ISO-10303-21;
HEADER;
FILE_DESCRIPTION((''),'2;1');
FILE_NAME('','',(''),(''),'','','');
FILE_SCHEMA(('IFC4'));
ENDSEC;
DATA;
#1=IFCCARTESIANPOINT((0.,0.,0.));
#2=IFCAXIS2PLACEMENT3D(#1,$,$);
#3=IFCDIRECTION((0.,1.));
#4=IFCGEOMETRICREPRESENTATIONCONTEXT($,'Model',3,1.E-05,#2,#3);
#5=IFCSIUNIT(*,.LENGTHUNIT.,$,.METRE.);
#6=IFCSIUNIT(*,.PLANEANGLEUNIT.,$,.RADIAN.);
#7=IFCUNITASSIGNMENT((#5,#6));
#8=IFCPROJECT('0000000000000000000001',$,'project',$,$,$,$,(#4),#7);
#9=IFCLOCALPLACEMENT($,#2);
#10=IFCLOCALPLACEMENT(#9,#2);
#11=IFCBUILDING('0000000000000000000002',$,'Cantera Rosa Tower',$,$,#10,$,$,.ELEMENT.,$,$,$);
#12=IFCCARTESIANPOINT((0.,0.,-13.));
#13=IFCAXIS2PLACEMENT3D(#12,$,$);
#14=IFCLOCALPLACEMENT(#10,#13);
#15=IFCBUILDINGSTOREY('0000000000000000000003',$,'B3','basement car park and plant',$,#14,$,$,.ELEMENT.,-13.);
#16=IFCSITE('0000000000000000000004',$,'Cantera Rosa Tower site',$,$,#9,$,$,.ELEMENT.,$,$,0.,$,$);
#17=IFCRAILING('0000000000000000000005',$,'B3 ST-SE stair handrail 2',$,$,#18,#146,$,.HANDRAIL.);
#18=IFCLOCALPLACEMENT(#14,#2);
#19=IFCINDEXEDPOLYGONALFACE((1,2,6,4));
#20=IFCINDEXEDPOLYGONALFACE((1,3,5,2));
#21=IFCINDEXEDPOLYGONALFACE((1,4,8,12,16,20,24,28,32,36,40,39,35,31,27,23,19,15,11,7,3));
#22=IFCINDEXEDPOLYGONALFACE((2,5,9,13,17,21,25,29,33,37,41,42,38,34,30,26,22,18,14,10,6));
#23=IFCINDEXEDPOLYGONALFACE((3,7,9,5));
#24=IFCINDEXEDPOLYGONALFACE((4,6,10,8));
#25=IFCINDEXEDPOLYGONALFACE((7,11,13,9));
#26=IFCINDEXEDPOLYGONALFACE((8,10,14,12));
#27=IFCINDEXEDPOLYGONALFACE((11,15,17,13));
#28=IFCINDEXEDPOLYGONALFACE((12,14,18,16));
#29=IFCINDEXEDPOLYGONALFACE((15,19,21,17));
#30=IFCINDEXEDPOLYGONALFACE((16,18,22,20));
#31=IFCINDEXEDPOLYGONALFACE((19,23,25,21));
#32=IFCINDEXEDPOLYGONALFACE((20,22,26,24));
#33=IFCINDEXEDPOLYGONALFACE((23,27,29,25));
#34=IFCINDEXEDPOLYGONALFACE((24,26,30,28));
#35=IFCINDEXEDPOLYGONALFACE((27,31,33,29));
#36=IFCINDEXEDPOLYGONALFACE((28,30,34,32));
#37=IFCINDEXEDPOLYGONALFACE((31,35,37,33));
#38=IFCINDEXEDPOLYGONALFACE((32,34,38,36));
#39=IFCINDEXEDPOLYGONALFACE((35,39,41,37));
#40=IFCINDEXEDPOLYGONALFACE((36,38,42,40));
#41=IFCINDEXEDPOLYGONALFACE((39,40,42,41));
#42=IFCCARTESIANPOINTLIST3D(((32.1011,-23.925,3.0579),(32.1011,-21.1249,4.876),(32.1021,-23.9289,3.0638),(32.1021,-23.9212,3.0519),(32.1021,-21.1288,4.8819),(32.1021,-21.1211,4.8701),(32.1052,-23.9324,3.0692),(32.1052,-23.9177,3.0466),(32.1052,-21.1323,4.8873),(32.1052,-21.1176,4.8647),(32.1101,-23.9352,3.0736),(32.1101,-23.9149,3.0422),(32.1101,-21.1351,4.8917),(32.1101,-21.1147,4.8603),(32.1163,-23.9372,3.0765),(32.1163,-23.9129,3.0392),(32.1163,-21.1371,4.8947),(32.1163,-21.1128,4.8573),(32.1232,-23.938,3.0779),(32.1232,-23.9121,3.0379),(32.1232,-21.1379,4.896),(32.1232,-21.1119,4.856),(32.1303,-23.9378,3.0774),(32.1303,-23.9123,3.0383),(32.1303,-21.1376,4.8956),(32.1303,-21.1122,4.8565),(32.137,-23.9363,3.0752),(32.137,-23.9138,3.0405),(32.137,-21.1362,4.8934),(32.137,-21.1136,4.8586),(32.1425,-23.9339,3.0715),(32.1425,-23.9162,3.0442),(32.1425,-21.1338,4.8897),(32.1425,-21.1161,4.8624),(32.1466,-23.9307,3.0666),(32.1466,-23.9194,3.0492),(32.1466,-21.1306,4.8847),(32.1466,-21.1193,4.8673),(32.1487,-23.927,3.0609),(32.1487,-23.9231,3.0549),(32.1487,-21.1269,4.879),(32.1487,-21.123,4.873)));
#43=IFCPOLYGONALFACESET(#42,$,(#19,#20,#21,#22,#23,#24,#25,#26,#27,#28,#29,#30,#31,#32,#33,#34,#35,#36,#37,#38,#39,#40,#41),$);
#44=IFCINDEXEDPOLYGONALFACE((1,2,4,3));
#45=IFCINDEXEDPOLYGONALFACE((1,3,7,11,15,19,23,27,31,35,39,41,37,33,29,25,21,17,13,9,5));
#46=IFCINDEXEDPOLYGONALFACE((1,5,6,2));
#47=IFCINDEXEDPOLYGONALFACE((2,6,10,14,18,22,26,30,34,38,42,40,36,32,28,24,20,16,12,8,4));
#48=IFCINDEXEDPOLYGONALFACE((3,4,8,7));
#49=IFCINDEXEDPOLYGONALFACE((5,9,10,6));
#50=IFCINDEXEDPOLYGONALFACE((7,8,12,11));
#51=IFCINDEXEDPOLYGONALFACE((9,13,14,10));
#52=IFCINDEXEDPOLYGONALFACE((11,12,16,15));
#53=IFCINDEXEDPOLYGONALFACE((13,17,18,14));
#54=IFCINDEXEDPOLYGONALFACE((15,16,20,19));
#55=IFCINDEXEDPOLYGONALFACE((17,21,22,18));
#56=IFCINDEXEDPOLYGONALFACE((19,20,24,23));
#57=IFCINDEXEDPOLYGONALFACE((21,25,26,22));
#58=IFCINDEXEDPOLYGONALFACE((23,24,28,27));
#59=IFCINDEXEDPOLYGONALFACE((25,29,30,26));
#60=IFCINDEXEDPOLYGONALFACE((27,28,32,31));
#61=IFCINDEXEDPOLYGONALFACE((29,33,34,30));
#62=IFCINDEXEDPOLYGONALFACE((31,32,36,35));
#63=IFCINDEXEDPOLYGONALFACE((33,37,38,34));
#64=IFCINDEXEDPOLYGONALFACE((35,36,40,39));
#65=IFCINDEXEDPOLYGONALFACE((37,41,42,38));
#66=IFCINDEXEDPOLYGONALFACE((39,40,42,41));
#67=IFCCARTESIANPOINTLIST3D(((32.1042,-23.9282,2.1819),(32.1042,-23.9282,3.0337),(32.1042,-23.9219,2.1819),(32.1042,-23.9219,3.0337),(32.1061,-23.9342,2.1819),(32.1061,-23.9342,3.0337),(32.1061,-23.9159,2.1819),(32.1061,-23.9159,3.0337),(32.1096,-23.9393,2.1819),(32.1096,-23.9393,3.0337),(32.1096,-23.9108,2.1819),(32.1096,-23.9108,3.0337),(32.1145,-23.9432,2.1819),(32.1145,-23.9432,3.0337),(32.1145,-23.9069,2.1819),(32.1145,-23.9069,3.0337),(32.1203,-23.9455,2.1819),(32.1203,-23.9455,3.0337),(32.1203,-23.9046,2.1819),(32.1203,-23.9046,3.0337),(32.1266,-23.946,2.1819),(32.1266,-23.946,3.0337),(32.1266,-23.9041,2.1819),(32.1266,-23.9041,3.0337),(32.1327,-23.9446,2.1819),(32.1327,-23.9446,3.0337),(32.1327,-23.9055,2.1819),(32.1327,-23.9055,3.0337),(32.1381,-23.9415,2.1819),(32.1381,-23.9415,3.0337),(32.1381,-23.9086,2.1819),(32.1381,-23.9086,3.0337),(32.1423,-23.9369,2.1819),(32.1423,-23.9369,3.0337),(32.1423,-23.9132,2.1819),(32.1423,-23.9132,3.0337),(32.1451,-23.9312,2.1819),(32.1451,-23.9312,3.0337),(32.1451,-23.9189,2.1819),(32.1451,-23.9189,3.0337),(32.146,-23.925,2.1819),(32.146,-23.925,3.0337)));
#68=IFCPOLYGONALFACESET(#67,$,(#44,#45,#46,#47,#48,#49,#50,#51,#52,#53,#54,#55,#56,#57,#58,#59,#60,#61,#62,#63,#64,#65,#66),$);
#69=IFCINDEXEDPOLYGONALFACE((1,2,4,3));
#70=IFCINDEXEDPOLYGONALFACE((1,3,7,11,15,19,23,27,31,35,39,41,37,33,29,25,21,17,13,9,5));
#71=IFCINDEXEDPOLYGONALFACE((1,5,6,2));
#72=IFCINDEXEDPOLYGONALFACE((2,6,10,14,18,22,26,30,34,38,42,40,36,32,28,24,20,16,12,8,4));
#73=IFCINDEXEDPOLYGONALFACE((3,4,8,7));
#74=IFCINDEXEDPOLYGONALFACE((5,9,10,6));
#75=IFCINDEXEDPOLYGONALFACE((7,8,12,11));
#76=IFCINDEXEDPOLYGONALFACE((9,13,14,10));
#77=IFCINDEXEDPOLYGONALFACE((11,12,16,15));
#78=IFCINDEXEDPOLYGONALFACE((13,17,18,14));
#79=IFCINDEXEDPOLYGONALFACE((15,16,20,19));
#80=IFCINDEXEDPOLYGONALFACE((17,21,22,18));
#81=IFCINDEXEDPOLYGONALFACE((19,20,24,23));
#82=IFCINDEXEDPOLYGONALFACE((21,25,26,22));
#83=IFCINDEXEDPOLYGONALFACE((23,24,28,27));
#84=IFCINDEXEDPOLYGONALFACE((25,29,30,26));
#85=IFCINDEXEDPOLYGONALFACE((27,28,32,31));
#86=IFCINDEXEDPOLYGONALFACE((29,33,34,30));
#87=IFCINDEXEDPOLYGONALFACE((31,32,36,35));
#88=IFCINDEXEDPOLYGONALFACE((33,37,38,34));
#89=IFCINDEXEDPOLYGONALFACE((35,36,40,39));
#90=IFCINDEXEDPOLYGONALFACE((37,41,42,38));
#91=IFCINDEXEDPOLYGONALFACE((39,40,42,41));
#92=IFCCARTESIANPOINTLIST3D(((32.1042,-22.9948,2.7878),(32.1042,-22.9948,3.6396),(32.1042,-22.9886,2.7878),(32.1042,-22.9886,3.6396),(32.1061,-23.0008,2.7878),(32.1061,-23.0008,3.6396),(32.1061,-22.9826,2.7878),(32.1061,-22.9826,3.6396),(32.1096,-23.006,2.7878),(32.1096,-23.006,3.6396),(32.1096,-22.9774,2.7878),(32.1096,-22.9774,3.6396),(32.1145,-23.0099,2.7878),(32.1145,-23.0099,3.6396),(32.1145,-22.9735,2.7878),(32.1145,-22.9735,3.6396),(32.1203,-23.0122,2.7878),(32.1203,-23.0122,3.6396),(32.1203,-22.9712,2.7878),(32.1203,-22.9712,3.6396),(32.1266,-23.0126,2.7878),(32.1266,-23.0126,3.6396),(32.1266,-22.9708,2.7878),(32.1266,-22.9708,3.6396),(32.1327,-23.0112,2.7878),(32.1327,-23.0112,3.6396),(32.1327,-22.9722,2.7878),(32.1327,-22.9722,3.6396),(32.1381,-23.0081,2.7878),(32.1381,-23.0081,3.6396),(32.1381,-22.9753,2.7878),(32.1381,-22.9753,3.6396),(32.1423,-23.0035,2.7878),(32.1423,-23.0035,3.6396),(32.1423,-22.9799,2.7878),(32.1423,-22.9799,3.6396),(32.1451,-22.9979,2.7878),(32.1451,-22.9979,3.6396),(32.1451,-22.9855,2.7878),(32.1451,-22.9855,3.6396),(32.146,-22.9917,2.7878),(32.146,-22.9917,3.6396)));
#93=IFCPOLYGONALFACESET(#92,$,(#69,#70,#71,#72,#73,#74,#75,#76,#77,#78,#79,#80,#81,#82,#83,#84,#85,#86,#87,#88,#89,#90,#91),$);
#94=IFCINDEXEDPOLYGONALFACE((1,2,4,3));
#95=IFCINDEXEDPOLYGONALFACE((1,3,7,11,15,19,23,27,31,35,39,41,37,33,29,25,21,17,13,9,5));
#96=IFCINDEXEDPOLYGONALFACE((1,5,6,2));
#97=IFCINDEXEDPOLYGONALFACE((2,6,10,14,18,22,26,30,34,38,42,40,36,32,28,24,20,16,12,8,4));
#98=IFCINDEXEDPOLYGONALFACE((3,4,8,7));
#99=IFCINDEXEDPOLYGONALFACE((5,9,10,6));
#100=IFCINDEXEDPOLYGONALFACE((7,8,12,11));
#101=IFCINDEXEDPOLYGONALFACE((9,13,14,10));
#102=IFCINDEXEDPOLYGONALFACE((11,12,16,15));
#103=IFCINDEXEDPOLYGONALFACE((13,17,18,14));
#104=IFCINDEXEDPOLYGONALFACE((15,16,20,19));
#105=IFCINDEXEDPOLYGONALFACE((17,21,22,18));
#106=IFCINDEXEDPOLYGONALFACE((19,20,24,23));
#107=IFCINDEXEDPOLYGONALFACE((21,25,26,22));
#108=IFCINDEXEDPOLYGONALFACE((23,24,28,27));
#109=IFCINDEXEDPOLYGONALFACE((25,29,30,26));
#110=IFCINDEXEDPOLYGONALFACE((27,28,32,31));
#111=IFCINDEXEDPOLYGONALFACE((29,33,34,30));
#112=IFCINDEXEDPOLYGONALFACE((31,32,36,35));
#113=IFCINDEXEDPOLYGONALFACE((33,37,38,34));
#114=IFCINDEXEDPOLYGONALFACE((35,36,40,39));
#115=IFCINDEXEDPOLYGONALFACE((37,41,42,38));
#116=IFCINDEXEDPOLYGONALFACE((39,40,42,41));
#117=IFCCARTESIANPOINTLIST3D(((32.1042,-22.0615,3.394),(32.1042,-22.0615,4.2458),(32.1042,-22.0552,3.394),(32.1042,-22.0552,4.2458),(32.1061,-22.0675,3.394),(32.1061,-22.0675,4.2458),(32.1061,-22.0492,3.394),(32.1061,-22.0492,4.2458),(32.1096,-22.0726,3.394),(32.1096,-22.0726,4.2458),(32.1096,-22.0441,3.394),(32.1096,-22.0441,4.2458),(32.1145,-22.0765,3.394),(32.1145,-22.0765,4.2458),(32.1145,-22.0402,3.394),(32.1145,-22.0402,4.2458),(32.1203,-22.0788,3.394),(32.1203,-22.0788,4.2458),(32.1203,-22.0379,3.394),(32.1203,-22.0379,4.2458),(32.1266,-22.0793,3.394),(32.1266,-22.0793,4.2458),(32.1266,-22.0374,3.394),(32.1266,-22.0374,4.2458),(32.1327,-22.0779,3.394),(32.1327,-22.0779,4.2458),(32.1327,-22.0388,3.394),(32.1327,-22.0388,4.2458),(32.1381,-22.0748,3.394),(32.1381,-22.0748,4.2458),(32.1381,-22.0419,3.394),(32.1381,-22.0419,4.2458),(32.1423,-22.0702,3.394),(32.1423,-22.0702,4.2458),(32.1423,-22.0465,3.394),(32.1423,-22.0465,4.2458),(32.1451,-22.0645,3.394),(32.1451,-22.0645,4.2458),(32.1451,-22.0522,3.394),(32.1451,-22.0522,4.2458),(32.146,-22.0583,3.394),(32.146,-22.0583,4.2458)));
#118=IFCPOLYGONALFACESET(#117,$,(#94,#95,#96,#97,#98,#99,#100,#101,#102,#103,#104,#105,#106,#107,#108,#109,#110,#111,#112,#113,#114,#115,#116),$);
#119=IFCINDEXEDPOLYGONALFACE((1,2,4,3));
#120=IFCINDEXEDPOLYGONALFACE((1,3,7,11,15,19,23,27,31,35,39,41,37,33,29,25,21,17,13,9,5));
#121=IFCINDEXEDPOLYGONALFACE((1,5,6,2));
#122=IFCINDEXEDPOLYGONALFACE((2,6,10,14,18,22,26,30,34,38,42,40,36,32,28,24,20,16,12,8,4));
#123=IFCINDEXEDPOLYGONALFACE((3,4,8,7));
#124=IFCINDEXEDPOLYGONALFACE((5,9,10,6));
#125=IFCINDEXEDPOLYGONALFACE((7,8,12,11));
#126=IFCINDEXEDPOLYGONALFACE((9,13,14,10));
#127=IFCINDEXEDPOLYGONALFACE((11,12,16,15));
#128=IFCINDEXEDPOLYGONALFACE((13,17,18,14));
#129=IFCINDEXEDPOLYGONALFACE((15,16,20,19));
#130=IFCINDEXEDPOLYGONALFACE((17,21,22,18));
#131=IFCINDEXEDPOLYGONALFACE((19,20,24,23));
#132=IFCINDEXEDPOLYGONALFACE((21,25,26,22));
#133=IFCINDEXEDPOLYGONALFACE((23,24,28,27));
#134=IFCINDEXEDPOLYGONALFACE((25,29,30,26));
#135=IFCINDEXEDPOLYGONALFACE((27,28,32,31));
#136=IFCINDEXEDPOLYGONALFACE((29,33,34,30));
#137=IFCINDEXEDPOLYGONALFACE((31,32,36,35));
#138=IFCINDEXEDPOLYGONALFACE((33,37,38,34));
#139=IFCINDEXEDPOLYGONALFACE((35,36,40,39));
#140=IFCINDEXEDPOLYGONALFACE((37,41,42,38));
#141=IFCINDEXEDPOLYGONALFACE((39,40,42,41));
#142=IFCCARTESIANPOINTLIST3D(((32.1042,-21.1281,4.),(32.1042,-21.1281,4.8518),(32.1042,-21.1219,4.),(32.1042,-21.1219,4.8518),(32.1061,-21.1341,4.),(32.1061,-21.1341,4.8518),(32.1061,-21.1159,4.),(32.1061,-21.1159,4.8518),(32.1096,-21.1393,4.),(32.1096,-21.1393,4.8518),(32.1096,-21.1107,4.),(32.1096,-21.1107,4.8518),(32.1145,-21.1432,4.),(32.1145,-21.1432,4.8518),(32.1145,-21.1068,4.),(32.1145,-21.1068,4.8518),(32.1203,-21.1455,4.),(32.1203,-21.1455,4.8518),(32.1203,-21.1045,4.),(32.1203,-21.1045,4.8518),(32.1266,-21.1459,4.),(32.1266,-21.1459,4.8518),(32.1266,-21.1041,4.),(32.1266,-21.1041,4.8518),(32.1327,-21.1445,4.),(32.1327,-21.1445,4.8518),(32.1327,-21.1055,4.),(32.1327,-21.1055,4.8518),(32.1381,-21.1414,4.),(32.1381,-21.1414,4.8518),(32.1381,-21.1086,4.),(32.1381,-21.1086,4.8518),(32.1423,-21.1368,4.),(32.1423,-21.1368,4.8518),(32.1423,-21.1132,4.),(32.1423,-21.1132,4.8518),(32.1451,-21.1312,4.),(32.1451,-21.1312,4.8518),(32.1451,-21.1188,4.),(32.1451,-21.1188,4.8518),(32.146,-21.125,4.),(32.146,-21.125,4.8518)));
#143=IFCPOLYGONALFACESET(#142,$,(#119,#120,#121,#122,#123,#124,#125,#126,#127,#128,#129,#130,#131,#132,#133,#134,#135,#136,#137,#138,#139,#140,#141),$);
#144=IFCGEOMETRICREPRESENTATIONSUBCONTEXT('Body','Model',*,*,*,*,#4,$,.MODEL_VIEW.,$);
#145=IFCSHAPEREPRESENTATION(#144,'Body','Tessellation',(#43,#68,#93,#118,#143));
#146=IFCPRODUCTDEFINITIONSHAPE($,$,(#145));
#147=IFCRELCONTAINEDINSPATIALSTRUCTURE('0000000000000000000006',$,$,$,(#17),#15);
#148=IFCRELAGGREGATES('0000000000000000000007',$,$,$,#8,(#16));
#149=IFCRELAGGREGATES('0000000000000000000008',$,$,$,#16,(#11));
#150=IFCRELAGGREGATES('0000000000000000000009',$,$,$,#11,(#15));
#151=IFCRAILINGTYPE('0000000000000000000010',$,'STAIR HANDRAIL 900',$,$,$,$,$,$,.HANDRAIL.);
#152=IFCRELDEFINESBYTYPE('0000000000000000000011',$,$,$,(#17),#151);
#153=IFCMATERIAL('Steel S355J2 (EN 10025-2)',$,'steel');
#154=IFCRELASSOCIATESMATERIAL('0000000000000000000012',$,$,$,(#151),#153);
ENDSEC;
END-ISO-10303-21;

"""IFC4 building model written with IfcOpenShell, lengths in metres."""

from ifc_helpers import new_model, si_unit, direction, frame, origin, origin_2d, place, context, subcontext, project, spatial, circle, extrude, material, type_object, element, save


model = new_model("IFC4")

# Units and contexts
model_context = context("Model", 3, precision=1e-05, world=origin(), true_north=direction((0.0, 1.0)))
body_context = subcontext(model_context, "Body", "Model", "MODEL_VIEW")
ifc_project = project(units=[si_unit("LENGTHUNIT", "METRE"), si_unit("PLANEANGLEUNIT", "RADIAN")], contexts=[model_context])

# Site, building, storey
site_placement = place(None, origin())
site = spatial("IfcSite", under=ifc_project, at=site_placement, Name="Cantera Rosa Tower site", CompositionType="ELEMENT", RefElevation=0.0)
building_placement = place(site_placement, origin())
building = spatial("IfcBuilding", under=site, at=building_placement, Name="Cantera Rosa Tower", CompositionType="ELEMENT")
storey_placement = place(building_placement, frame((0.0, 0.0, -13.0)))
storey = spatial("IfcBuildingStorey", under=building, at=storey_placement, Name="B3", Description="basement car park and plant", CompositionType="ELEMENT", Elevation=-13.0)

# Railing
ifc_material_1 = material(Name="Steel S355J2 (EN 10025-2)", Category="steel")
railing_type_1 = type_object("IfcRailingType", Name="STAIR HANDRAIL 900", PredefinedType="HANDRAIL", material=ifc_material_1)
railing_1_placement = place(storey_placement, frame((32.125, -23.925, 2.1819)))
element("IfcRailing", 1, at=railing_1_placement, inside=storey, type_object=railing_type_1, Name="B3 ST-SE stair handrail 2", PredefinedType="HANDRAIL", context=body_context, shape_type="SweptSolid", body=[
    extrude(circle(Radius=0.0239, at=origin_2d()), frame((0.0, 0.0, 0.876), z_axis=(0.0, 0.838706, 0.544585), x_axis=(-1.0, 0.0, 0.0)), (0.0, 0.0, 1.0), 3.3386),
    extrude(circle(Radius=0.021, at=origin_2d()), origin(), (0.0, 0.0, 1.0), 0.8518),
    extrude(circle(Radius=0.021, at=origin_2d()), frame((0.0, 0.9333, 0.606)), (0.0, 0.0, 1.0), 0.8518),
    extrude(circle(Radius=0.021, at=origin_2d()), frame((0.0, 1.8667, 1.2122)), (0.0, 0.0, 1.0), 0.8518),
    extrude(circle(Radius=0.021, at=origin_2d()), frame((0.0, 2.8, 1.8181)), (0.0, 0.0, 1.0), 0.8518),
])

save(model, "model.ifc")
